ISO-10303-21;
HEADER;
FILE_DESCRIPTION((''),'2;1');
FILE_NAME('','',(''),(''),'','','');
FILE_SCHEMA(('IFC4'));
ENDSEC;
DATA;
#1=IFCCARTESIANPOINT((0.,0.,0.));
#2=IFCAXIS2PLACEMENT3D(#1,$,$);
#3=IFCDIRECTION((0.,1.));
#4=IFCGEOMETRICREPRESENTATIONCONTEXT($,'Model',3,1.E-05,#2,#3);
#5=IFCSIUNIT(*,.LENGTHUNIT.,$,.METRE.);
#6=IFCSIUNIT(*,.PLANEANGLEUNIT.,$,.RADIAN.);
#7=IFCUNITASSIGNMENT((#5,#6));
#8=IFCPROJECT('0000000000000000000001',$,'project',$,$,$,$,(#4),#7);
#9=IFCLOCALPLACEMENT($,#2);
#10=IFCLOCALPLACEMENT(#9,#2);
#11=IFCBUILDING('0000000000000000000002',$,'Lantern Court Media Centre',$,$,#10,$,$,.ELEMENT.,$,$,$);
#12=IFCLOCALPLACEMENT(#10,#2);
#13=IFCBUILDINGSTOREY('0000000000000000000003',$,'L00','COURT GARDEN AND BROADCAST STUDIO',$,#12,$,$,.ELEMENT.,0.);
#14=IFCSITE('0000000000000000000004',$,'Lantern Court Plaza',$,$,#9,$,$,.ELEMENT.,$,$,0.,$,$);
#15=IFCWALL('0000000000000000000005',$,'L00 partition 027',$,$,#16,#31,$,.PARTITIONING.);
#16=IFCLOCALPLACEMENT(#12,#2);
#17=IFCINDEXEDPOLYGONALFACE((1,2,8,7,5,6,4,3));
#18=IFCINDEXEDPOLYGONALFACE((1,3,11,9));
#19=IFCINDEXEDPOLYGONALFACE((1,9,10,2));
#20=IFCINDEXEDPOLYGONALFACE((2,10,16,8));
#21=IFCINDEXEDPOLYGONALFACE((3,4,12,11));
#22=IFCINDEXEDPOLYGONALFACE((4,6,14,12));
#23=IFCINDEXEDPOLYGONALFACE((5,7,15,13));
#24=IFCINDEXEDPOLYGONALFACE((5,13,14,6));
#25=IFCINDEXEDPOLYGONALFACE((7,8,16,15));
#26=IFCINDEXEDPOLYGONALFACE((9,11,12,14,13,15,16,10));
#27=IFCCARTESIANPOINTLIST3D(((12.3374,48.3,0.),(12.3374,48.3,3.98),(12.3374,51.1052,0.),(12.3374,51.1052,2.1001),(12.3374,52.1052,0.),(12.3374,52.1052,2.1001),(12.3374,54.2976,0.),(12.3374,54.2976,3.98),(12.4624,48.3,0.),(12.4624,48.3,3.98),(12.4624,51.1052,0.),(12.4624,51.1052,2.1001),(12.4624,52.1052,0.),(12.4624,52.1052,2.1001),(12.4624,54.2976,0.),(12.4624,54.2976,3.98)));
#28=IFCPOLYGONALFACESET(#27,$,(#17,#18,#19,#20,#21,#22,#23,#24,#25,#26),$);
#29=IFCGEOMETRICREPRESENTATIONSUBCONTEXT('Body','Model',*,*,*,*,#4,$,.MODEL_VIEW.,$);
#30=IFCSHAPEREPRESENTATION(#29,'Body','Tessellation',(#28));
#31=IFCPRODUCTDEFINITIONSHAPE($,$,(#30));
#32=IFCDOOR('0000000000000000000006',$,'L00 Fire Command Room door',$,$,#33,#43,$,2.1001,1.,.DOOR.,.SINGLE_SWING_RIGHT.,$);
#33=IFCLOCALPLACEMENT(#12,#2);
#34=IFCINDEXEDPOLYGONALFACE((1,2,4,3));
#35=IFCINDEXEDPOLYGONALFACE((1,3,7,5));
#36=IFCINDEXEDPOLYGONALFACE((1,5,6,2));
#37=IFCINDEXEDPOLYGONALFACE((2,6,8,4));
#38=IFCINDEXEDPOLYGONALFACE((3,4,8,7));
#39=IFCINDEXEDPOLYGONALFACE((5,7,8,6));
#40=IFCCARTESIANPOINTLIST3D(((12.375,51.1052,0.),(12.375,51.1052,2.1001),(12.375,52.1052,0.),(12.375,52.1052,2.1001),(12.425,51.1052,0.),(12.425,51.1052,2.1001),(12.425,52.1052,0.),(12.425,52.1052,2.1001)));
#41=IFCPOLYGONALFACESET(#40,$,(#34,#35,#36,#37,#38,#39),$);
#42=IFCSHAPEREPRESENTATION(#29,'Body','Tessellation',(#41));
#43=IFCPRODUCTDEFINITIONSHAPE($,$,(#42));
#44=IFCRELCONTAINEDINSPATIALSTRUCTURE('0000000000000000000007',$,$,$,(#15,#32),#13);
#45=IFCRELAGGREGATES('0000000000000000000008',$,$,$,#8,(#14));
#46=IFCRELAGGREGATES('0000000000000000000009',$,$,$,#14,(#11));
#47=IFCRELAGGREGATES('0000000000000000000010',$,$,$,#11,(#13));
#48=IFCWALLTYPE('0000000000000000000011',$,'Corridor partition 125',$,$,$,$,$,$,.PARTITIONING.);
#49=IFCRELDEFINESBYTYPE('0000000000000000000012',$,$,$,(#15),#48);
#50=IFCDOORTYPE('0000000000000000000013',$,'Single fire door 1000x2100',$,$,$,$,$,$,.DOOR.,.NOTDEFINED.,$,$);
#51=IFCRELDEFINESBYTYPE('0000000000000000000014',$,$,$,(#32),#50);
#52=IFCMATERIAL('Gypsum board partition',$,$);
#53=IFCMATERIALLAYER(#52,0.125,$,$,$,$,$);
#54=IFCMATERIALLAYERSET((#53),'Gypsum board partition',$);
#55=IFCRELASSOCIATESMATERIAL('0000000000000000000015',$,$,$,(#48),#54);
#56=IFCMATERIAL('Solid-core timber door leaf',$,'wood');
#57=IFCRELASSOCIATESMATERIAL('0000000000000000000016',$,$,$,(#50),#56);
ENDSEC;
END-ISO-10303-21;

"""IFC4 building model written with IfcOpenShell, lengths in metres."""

from ifc_helpers import new_model, si_unit, direction, frame, frame_2d, origin, place, context, subcontext, project, spatial, rectangle, extrude, material, layer, layer_set, type_object, element, fill, save


model = new_model("IFC4")

# Units and contexts
model_context = context("Model", 3, precision=1e-05, world=origin(), true_north=direction((0.0, 1.0)))
body_context = subcontext(model_context, "Body", "Model", "MODEL_VIEW")
ifc_project = project(units=[si_unit("LENGTHUNIT", "METRE"), si_unit("PLANEANGLEUNIT", "RADIAN")], contexts=[model_context])

# Site, building, storey
site_placement = place(None, origin())
site = spatial("IfcSite", under=ifc_project, at=site_placement, Name="Lantern Court Plaza", CompositionType="ELEMENT", RefElevation=0.0)
building_placement = place(site_placement, origin())
building = spatial("IfcBuilding", under=site, at=building_placement, Name="Lantern Court Media Centre", CompositionType="ELEMENT")
storey_placement = place(building_placement, origin())
storey = spatial("IfcBuildingStorey", under=building, at=storey_placement, Name="L00", Description="COURT GARDEN AND BROADCAST STUDIO", CompositionType="ELEMENT", Elevation=0.0)

# Wall, opening, door
ifc_material_1 = material(Name="Gypsum board partition")
ifc_layer_1 = layer(ifc_material_1, 0.125)
ifc_layer_set_1 = layer_set([ifc_layer_1], Name="Gypsum board partition")
wall_type = type_object("IfcWallType", Name="Corridor partition 125", PredefinedType="PARTITIONING", material=ifc_layer_set_1)
wall_placement = place(storey_placement, frame((12.3999, 48.3, 0.0), z_axis=(0.0, 0.0, 1.0), x_axis=(0.0, 1.0, 0.0)))
wall = element("IfcWall", 1, at=wall_placement, inside=storey, type_object=wall_type, Name="L00 partition 027", PredefinedType="PARTITIONING", context=body_context, shape_type="SweptSolid", body=[
    extrude(rectangle(XDim=5.9976, YDim=0.125, at=frame_2d((2.9988, 0.0))), origin(), (0.0, 0.0, 1.0), 3.98),
])
opening_placement = place(wall_placement, frame((2.8052, 0.0, 0.0)))
opening = element("IfcOpeningElement", 2, at=opening_placement, cuts=wall, PredefinedType="OPENING", context=body_context, shape_type="SweptSolid", body=[
    extrude(rectangle(XDim=1.0, YDim=2.1001, at=frame_2d((0.5, 1.05))), frame((0.0, 0.0725, 0.0), z_axis=(0.0, -1.0, 0.0), x_axis=(1.0, 0.0, 0.0)), (0.0, 0.0, 1.0), 0.145),
])
ifc_material_2 = material(Name="Solid-core timber door leaf", Category="wood")
door_type = type_object("IfcDoorType", Name="Single fire door 1000x2100", OperationType="NOTDEFINED", PredefinedType="DOOR", material=ifc_material_2)
door_placement = place(opening_placement, origin())
door = element("IfcDoor", 3, at=door_placement, inside=storey, type_object=door_type, Name="L00 Fire Command Room door", OperationType="SINGLE_SWING_RIGHT", OverallHeight=2.1001, OverallWidth=1.0, PredefinedType="DOOR", context=body_context, shape_type="SweptSolid", body=[
    extrude(rectangle(XDim=1.0, YDim=2.1001, at=frame_2d((0.5, 1.05))), frame((0.0, 0.0249, 0.0), z_axis=(0.0, -1.0, 0.0), x_axis=(1.0, 0.0, 0.0)), (0.0, 0.0, 1.0), 0.05),
])
fill(opening, door)

save(model, "model.ifc")
